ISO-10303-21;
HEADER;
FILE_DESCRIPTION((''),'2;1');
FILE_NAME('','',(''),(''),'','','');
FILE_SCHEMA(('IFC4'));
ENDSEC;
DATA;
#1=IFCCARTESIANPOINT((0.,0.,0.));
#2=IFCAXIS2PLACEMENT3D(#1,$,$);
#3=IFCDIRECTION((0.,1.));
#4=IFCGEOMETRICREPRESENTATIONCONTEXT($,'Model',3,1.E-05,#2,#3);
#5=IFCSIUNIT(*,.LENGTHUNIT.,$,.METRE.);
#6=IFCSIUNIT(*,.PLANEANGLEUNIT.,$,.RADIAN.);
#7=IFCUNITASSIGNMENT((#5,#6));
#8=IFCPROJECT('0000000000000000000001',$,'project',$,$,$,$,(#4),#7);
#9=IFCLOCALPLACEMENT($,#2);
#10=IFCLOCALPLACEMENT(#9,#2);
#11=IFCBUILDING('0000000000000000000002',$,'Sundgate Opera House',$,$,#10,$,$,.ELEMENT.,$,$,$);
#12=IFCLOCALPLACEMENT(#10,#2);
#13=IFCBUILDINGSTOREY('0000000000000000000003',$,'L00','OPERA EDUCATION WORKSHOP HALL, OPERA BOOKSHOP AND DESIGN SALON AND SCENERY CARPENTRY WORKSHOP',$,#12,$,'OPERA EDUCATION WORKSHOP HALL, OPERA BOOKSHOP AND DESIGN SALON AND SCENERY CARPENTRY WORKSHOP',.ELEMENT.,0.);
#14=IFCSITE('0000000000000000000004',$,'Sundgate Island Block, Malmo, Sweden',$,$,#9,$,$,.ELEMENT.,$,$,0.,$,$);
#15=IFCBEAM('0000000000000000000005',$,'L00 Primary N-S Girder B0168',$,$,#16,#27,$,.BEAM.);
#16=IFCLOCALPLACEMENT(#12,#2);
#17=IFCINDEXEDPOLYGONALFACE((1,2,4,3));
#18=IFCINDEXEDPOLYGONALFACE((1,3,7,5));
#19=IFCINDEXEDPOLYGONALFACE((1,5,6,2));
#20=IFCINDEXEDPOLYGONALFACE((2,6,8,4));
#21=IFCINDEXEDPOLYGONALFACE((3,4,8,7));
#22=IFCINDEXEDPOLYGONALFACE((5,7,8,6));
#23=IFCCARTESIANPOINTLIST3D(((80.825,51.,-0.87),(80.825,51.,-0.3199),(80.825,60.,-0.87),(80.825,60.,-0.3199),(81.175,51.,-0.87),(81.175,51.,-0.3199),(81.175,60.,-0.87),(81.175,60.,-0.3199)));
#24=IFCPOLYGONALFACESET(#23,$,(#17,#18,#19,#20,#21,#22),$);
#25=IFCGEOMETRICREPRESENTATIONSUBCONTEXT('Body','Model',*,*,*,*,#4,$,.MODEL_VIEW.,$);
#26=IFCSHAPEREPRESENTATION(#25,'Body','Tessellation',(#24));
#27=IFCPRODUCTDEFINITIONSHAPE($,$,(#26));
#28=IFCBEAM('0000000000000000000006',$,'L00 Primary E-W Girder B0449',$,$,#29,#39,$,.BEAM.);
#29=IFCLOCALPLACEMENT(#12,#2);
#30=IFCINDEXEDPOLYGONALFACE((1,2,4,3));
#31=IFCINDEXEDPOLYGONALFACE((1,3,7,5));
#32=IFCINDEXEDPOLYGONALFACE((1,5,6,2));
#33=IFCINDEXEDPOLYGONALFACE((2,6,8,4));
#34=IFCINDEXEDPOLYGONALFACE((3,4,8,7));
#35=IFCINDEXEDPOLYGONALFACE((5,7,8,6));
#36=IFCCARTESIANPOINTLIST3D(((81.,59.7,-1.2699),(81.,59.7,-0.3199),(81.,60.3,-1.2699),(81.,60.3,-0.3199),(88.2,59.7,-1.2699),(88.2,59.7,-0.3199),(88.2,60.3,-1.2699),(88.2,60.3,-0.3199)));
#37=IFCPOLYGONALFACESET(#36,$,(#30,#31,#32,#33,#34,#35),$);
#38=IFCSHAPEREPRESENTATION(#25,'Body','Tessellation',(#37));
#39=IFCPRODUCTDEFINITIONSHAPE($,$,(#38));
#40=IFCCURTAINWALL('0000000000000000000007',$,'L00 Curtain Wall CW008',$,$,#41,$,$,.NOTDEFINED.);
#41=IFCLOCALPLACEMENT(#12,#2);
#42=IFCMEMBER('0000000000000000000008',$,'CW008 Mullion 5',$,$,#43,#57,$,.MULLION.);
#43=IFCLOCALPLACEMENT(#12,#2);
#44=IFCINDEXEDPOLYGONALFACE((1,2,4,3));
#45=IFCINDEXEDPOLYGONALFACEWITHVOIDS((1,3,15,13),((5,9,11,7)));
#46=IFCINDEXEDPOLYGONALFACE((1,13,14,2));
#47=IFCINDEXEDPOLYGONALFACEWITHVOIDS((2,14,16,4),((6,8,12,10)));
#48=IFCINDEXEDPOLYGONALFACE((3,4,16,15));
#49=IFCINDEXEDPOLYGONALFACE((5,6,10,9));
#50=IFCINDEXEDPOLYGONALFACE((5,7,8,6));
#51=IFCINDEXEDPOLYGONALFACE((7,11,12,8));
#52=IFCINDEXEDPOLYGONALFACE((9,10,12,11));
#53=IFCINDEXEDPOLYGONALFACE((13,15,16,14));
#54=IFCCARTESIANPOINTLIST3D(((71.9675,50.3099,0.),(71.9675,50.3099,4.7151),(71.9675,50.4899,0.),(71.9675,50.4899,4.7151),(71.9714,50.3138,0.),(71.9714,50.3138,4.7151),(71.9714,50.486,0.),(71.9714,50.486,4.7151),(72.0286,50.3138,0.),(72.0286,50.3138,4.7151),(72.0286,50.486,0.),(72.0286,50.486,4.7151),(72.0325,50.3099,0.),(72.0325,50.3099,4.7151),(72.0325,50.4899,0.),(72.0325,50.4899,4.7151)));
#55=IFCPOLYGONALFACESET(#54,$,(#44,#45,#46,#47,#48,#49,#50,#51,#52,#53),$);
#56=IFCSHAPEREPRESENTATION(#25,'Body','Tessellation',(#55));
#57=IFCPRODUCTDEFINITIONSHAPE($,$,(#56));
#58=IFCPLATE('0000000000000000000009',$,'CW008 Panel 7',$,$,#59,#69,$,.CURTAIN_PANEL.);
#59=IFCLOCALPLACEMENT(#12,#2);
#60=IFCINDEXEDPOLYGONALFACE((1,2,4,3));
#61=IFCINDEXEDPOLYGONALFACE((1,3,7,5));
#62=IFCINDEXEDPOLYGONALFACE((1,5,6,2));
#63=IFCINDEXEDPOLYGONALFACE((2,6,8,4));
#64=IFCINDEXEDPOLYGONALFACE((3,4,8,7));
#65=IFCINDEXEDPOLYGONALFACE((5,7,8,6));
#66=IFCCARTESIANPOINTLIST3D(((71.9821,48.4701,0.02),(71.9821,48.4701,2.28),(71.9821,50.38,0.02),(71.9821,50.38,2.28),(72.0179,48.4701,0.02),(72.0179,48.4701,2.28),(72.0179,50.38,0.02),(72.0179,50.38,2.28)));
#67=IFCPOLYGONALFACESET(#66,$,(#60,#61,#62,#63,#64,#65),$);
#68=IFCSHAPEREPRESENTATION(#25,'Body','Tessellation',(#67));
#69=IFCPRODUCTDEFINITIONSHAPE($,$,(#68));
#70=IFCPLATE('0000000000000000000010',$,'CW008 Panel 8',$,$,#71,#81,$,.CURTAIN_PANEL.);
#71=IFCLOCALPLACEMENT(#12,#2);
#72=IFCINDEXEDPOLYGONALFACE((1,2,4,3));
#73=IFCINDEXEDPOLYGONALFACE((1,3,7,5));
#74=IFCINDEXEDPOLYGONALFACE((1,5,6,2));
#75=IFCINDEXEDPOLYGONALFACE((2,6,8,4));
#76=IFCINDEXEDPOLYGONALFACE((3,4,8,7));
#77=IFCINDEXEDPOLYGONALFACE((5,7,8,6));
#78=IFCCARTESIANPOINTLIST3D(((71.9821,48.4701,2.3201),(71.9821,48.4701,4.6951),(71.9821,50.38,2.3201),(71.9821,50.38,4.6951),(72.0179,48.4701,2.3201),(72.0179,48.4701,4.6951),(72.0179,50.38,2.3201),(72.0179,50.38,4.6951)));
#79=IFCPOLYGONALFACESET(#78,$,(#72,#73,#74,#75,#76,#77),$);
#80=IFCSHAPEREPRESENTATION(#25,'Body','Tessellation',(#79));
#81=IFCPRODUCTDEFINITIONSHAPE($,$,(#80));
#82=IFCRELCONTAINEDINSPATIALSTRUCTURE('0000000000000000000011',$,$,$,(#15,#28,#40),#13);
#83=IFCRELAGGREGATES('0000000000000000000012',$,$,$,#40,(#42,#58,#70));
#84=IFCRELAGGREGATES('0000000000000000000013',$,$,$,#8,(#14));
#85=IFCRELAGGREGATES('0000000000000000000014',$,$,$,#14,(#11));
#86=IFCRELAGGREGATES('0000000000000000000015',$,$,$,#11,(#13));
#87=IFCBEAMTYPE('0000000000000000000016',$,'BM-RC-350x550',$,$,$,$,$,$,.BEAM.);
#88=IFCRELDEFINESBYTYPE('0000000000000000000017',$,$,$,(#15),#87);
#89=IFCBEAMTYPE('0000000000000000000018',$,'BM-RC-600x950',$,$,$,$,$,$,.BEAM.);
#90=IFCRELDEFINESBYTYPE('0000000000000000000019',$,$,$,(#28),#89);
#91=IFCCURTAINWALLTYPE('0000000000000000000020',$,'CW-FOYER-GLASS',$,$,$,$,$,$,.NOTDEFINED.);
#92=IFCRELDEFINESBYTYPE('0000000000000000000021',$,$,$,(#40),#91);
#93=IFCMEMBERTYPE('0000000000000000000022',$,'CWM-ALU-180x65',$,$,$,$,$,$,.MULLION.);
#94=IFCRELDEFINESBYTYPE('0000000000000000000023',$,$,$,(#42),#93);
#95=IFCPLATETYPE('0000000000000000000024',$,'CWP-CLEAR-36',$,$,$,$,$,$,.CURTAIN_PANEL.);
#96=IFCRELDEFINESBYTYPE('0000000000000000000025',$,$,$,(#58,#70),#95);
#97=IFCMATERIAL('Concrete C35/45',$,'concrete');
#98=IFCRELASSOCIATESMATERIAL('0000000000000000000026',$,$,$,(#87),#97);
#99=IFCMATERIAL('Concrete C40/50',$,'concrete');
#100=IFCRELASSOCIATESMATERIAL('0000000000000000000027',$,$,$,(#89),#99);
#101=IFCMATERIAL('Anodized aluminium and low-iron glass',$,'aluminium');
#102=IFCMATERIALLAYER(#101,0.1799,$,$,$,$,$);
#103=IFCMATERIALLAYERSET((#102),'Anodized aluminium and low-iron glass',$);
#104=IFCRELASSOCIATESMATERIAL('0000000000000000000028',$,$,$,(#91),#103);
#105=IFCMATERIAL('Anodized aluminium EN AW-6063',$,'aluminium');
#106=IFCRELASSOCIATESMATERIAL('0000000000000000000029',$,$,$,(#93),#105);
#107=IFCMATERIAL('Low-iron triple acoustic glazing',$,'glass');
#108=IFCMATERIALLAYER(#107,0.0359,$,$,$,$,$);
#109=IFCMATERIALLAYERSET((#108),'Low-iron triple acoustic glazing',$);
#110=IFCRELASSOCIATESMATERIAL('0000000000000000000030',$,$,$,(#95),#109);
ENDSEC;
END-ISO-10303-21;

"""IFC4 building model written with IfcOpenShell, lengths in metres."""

from ifc_helpers import new_model, si_unit, direction, frame, origin, origin_2d, place, context, subcontext, project, spatial, rectangle, hollow_rectangle, extrude, material, layer, layer_set, material_profile, profile_set, type_object, element, aggregate, save


model = new_model("IFC4")

# Units and contexts
model_context = context("Model", 3, precision=1e-05, world=origin(), true_north=direction((0.0, 1.0)))
body_context = subcontext(model_context, "Body", "Model", "MODEL_VIEW")
ifc_project = project(units=[si_unit("LENGTHUNIT", "METRE"), si_unit("PLANEANGLEUNIT", "RADIAN")], contexts=[model_context])

# Site, building, storey
site_placement = place(None, origin())
site = spatial("IfcSite", under=ifc_project, at=site_placement, Name="Sundgate Island Block, Malmo, Sweden", CompositionType="ELEMENT", RefElevation=0.0)
building_placement = place(site_placement, origin())
building = spatial("IfcBuilding", under=site, at=building_placement, Name="Sundgate Opera House", CompositionType="ELEMENT")
storey_placement = place(building_placement, origin())
storey = spatial("IfcBuildingStorey", under=building, at=storey_placement, Name="L00", Description="OPERA EDUCATION WORKSHOP HALL, OPERA BOOKSHOP AND DESIGN SALON AND SCENERY CARPENTRY WORKSHOP", LongName="OPERA EDUCATION WORKSHOP HALL, OPERA BOOKSHOP AND DESIGN SALON AND SCENERY CARPENTRY WORKSHOP", CompositionType="ELEMENT", Elevation=0.0)

# Beams
ifc_material_1 = material(Name="Concrete C35/45", Category="concrete")
ifc_material_profile_1 = material_profile(ifc_material_1, rectangle(XDim=0.3501, YDim=0.55, at=origin_2d()), Name="RC 350x550")
ifc_profile_set_1 = profile_set([ifc_material_profile_1], Name="Concrete C35/45")
beam_type_1 = type_object("IfcBeamType", Name="BM-RC-350x550", PredefinedType="BEAM", material=ifc_profile_set_1)
beam_1_placement = place(storey_placement, frame((81.0, 51.0, -0.595), z_axis=(0.0, 1.0, 0.0), x_axis=(-1.0, 0.0, 0.0)))
element("IfcBeam", 1, at=beam_1_placement, inside=storey, type_object=beam_type_1, Name="L00 Primary N-S Girder B0168", PredefinedType="BEAM", context=body_context, shape_type="SweptSolid", body=[
    extrude(rectangle(XDim=0.3501, YDim=0.55, at=origin_2d()), origin(), (0.0, 0.0, 1.0), 9.0),
])
ifc_material_2 = material(Name="Concrete C40/50", Category="concrete")
ifc_material_profile_2 = material_profile(ifc_material_2, rectangle(XDim=0.6001, YDim=0.95, at=origin_2d()), Name="RC 600x950")
ifc_profile_set_2 = profile_set([ifc_material_profile_2], Name="Concrete C40/50")
beam_type_2 = type_object("IfcBeamType", Name="BM-RC-600x950", PredefinedType="BEAM", material=ifc_profile_set_2)
beam_2_placement = place(storey_placement, frame((81.0, 60.0, -0.7949), z_axis=(1.0, 0.0, 0.0), x_axis=(0.0, 1.0, 0.0)))
element("IfcBeam", 2, at=beam_2_placement, inside=storey, type_object=beam_type_2, Name="L00 Primary E-W Girder B0449", PredefinedType="BEAM", context=body_context, shape_type="SweptSolid", body=[
    extrude(rectangle(XDim=0.6001, YDim=0.95, at=origin_2d()), origin(), (0.0, 0.0, 1.0), 7.2),
])

# Curtain wall, member, plates
ifc_material_3 = material(Name="Anodized aluminium and low-iron glass", Category="aluminium")
ifc_layer_1 = layer(ifc_material_3, 0.1799)
ifc_layer_set_1 = layer_set([ifc_layer_1], Name="Anodized aluminium and low-iron glass")
curtain_wall_type = type_object("IfcCurtainWallType", Name="CW-FOYER-GLASS", PredefinedType="NOTDEFINED", material=ifc_layer_set_1)
curtain_wall_placement = place(storey_placement, origin())
curtain_wall = element("IfcCurtainWall", 3, at=curtain_wall_placement, inside=storey, type_object=curtain_wall_type, Name="L00 Curtain Wall CW008", PredefinedType="NOTDEFINED")
ifc_material_4 = material(Name="Anodized aluminium EN AW-6063", Category="aluminium")
ifc_material_profile_3 = material_profile(ifc_material_4, hollow_rectangle(XDim=0.0649, YDim=0.1799, WallThickness=0.0039, at=origin_2d()), Name="CWM 180x65x4")
ifc_profile_set_3 = profile_set([ifc_material_profile_3], Name="Anodized aluminium EN AW-6063")
member_type = type_object("IfcMemberType", Name="CWM-ALU-180x65", PredefinedType="MULLION", material=ifc_profile_set_3)
member_placement = place(storey_placement, frame((72.0, 50.3999, 0.0), z_axis=(0.0, 0.0, 1.0), x_axis=(1.0, 0.0, 0.0)))
member = element("IfcMember", 4, at=member_placement, type_object=member_type, Name="CW008 Mullion 5", PredefinedType="MULLION", context=body_context, shape_type="SweptSolid", body=[
    extrude(hollow_rectangle(XDim=0.0649, YDim=0.1799, WallThickness=0.0039, at=origin_2d()), origin(), (0.0, 0.0, 1.0), 4.7151),
])
ifc_material_5 = material(Name="Low-iron triple acoustic glazing", Category="glass")
ifc_layer_2 = layer(ifc_material_5, 0.0359)
ifc_layer_set_2 = layer_set([ifc_layer_2], Name="Low-iron triple acoustic glazing")
plate_type = type_object("IfcPlateType", Name="CWP-CLEAR-36", PredefinedType="CURTAIN_PANEL", material=ifc_layer_set_2)
plate_1_placement = place(storey_placement, frame((72.0, 49.425, 0.02), z_axis=(0.0, 0.0, 1.0), x_axis=(0.0, 1.0, 0.0)))
plate_1 = element("IfcPlate", 5, at=plate_1_placement, type_object=plate_type, Name="CW008 Panel 7", PredefinedType="CURTAIN_PANEL", context=body_context, shape_type="SweptSolid", body=[
    extrude(rectangle(XDim=1.9099, YDim=0.0359, at=origin_2d()), origin(), (0.0, 0.0, 1.0), 2.26),
])
plate_2_placement = place(storey_placement, frame((72.0, 49.425, 2.3201), z_axis=(0.0, 0.0, 1.0), x_axis=(0.0, 1.0, 0.0)))
plate_2 = element("IfcPlate", 6, at=plate_2_placement, type_object=plate_type, Name="CW008 Panel 8", PredefinedType="CURTAIN_PANEL", context=body_context, shape_type="SweptSolid", body=[
    extrude(rectangle(XDim=1.9099, YDim=0.0359, at=origin_2d()), origin(), (0.0, 0.0, 1.0), 2.375),
])
aggregate(curtain_wall, [member, plate_1, plate_2])

save(model, "model.ifc")
